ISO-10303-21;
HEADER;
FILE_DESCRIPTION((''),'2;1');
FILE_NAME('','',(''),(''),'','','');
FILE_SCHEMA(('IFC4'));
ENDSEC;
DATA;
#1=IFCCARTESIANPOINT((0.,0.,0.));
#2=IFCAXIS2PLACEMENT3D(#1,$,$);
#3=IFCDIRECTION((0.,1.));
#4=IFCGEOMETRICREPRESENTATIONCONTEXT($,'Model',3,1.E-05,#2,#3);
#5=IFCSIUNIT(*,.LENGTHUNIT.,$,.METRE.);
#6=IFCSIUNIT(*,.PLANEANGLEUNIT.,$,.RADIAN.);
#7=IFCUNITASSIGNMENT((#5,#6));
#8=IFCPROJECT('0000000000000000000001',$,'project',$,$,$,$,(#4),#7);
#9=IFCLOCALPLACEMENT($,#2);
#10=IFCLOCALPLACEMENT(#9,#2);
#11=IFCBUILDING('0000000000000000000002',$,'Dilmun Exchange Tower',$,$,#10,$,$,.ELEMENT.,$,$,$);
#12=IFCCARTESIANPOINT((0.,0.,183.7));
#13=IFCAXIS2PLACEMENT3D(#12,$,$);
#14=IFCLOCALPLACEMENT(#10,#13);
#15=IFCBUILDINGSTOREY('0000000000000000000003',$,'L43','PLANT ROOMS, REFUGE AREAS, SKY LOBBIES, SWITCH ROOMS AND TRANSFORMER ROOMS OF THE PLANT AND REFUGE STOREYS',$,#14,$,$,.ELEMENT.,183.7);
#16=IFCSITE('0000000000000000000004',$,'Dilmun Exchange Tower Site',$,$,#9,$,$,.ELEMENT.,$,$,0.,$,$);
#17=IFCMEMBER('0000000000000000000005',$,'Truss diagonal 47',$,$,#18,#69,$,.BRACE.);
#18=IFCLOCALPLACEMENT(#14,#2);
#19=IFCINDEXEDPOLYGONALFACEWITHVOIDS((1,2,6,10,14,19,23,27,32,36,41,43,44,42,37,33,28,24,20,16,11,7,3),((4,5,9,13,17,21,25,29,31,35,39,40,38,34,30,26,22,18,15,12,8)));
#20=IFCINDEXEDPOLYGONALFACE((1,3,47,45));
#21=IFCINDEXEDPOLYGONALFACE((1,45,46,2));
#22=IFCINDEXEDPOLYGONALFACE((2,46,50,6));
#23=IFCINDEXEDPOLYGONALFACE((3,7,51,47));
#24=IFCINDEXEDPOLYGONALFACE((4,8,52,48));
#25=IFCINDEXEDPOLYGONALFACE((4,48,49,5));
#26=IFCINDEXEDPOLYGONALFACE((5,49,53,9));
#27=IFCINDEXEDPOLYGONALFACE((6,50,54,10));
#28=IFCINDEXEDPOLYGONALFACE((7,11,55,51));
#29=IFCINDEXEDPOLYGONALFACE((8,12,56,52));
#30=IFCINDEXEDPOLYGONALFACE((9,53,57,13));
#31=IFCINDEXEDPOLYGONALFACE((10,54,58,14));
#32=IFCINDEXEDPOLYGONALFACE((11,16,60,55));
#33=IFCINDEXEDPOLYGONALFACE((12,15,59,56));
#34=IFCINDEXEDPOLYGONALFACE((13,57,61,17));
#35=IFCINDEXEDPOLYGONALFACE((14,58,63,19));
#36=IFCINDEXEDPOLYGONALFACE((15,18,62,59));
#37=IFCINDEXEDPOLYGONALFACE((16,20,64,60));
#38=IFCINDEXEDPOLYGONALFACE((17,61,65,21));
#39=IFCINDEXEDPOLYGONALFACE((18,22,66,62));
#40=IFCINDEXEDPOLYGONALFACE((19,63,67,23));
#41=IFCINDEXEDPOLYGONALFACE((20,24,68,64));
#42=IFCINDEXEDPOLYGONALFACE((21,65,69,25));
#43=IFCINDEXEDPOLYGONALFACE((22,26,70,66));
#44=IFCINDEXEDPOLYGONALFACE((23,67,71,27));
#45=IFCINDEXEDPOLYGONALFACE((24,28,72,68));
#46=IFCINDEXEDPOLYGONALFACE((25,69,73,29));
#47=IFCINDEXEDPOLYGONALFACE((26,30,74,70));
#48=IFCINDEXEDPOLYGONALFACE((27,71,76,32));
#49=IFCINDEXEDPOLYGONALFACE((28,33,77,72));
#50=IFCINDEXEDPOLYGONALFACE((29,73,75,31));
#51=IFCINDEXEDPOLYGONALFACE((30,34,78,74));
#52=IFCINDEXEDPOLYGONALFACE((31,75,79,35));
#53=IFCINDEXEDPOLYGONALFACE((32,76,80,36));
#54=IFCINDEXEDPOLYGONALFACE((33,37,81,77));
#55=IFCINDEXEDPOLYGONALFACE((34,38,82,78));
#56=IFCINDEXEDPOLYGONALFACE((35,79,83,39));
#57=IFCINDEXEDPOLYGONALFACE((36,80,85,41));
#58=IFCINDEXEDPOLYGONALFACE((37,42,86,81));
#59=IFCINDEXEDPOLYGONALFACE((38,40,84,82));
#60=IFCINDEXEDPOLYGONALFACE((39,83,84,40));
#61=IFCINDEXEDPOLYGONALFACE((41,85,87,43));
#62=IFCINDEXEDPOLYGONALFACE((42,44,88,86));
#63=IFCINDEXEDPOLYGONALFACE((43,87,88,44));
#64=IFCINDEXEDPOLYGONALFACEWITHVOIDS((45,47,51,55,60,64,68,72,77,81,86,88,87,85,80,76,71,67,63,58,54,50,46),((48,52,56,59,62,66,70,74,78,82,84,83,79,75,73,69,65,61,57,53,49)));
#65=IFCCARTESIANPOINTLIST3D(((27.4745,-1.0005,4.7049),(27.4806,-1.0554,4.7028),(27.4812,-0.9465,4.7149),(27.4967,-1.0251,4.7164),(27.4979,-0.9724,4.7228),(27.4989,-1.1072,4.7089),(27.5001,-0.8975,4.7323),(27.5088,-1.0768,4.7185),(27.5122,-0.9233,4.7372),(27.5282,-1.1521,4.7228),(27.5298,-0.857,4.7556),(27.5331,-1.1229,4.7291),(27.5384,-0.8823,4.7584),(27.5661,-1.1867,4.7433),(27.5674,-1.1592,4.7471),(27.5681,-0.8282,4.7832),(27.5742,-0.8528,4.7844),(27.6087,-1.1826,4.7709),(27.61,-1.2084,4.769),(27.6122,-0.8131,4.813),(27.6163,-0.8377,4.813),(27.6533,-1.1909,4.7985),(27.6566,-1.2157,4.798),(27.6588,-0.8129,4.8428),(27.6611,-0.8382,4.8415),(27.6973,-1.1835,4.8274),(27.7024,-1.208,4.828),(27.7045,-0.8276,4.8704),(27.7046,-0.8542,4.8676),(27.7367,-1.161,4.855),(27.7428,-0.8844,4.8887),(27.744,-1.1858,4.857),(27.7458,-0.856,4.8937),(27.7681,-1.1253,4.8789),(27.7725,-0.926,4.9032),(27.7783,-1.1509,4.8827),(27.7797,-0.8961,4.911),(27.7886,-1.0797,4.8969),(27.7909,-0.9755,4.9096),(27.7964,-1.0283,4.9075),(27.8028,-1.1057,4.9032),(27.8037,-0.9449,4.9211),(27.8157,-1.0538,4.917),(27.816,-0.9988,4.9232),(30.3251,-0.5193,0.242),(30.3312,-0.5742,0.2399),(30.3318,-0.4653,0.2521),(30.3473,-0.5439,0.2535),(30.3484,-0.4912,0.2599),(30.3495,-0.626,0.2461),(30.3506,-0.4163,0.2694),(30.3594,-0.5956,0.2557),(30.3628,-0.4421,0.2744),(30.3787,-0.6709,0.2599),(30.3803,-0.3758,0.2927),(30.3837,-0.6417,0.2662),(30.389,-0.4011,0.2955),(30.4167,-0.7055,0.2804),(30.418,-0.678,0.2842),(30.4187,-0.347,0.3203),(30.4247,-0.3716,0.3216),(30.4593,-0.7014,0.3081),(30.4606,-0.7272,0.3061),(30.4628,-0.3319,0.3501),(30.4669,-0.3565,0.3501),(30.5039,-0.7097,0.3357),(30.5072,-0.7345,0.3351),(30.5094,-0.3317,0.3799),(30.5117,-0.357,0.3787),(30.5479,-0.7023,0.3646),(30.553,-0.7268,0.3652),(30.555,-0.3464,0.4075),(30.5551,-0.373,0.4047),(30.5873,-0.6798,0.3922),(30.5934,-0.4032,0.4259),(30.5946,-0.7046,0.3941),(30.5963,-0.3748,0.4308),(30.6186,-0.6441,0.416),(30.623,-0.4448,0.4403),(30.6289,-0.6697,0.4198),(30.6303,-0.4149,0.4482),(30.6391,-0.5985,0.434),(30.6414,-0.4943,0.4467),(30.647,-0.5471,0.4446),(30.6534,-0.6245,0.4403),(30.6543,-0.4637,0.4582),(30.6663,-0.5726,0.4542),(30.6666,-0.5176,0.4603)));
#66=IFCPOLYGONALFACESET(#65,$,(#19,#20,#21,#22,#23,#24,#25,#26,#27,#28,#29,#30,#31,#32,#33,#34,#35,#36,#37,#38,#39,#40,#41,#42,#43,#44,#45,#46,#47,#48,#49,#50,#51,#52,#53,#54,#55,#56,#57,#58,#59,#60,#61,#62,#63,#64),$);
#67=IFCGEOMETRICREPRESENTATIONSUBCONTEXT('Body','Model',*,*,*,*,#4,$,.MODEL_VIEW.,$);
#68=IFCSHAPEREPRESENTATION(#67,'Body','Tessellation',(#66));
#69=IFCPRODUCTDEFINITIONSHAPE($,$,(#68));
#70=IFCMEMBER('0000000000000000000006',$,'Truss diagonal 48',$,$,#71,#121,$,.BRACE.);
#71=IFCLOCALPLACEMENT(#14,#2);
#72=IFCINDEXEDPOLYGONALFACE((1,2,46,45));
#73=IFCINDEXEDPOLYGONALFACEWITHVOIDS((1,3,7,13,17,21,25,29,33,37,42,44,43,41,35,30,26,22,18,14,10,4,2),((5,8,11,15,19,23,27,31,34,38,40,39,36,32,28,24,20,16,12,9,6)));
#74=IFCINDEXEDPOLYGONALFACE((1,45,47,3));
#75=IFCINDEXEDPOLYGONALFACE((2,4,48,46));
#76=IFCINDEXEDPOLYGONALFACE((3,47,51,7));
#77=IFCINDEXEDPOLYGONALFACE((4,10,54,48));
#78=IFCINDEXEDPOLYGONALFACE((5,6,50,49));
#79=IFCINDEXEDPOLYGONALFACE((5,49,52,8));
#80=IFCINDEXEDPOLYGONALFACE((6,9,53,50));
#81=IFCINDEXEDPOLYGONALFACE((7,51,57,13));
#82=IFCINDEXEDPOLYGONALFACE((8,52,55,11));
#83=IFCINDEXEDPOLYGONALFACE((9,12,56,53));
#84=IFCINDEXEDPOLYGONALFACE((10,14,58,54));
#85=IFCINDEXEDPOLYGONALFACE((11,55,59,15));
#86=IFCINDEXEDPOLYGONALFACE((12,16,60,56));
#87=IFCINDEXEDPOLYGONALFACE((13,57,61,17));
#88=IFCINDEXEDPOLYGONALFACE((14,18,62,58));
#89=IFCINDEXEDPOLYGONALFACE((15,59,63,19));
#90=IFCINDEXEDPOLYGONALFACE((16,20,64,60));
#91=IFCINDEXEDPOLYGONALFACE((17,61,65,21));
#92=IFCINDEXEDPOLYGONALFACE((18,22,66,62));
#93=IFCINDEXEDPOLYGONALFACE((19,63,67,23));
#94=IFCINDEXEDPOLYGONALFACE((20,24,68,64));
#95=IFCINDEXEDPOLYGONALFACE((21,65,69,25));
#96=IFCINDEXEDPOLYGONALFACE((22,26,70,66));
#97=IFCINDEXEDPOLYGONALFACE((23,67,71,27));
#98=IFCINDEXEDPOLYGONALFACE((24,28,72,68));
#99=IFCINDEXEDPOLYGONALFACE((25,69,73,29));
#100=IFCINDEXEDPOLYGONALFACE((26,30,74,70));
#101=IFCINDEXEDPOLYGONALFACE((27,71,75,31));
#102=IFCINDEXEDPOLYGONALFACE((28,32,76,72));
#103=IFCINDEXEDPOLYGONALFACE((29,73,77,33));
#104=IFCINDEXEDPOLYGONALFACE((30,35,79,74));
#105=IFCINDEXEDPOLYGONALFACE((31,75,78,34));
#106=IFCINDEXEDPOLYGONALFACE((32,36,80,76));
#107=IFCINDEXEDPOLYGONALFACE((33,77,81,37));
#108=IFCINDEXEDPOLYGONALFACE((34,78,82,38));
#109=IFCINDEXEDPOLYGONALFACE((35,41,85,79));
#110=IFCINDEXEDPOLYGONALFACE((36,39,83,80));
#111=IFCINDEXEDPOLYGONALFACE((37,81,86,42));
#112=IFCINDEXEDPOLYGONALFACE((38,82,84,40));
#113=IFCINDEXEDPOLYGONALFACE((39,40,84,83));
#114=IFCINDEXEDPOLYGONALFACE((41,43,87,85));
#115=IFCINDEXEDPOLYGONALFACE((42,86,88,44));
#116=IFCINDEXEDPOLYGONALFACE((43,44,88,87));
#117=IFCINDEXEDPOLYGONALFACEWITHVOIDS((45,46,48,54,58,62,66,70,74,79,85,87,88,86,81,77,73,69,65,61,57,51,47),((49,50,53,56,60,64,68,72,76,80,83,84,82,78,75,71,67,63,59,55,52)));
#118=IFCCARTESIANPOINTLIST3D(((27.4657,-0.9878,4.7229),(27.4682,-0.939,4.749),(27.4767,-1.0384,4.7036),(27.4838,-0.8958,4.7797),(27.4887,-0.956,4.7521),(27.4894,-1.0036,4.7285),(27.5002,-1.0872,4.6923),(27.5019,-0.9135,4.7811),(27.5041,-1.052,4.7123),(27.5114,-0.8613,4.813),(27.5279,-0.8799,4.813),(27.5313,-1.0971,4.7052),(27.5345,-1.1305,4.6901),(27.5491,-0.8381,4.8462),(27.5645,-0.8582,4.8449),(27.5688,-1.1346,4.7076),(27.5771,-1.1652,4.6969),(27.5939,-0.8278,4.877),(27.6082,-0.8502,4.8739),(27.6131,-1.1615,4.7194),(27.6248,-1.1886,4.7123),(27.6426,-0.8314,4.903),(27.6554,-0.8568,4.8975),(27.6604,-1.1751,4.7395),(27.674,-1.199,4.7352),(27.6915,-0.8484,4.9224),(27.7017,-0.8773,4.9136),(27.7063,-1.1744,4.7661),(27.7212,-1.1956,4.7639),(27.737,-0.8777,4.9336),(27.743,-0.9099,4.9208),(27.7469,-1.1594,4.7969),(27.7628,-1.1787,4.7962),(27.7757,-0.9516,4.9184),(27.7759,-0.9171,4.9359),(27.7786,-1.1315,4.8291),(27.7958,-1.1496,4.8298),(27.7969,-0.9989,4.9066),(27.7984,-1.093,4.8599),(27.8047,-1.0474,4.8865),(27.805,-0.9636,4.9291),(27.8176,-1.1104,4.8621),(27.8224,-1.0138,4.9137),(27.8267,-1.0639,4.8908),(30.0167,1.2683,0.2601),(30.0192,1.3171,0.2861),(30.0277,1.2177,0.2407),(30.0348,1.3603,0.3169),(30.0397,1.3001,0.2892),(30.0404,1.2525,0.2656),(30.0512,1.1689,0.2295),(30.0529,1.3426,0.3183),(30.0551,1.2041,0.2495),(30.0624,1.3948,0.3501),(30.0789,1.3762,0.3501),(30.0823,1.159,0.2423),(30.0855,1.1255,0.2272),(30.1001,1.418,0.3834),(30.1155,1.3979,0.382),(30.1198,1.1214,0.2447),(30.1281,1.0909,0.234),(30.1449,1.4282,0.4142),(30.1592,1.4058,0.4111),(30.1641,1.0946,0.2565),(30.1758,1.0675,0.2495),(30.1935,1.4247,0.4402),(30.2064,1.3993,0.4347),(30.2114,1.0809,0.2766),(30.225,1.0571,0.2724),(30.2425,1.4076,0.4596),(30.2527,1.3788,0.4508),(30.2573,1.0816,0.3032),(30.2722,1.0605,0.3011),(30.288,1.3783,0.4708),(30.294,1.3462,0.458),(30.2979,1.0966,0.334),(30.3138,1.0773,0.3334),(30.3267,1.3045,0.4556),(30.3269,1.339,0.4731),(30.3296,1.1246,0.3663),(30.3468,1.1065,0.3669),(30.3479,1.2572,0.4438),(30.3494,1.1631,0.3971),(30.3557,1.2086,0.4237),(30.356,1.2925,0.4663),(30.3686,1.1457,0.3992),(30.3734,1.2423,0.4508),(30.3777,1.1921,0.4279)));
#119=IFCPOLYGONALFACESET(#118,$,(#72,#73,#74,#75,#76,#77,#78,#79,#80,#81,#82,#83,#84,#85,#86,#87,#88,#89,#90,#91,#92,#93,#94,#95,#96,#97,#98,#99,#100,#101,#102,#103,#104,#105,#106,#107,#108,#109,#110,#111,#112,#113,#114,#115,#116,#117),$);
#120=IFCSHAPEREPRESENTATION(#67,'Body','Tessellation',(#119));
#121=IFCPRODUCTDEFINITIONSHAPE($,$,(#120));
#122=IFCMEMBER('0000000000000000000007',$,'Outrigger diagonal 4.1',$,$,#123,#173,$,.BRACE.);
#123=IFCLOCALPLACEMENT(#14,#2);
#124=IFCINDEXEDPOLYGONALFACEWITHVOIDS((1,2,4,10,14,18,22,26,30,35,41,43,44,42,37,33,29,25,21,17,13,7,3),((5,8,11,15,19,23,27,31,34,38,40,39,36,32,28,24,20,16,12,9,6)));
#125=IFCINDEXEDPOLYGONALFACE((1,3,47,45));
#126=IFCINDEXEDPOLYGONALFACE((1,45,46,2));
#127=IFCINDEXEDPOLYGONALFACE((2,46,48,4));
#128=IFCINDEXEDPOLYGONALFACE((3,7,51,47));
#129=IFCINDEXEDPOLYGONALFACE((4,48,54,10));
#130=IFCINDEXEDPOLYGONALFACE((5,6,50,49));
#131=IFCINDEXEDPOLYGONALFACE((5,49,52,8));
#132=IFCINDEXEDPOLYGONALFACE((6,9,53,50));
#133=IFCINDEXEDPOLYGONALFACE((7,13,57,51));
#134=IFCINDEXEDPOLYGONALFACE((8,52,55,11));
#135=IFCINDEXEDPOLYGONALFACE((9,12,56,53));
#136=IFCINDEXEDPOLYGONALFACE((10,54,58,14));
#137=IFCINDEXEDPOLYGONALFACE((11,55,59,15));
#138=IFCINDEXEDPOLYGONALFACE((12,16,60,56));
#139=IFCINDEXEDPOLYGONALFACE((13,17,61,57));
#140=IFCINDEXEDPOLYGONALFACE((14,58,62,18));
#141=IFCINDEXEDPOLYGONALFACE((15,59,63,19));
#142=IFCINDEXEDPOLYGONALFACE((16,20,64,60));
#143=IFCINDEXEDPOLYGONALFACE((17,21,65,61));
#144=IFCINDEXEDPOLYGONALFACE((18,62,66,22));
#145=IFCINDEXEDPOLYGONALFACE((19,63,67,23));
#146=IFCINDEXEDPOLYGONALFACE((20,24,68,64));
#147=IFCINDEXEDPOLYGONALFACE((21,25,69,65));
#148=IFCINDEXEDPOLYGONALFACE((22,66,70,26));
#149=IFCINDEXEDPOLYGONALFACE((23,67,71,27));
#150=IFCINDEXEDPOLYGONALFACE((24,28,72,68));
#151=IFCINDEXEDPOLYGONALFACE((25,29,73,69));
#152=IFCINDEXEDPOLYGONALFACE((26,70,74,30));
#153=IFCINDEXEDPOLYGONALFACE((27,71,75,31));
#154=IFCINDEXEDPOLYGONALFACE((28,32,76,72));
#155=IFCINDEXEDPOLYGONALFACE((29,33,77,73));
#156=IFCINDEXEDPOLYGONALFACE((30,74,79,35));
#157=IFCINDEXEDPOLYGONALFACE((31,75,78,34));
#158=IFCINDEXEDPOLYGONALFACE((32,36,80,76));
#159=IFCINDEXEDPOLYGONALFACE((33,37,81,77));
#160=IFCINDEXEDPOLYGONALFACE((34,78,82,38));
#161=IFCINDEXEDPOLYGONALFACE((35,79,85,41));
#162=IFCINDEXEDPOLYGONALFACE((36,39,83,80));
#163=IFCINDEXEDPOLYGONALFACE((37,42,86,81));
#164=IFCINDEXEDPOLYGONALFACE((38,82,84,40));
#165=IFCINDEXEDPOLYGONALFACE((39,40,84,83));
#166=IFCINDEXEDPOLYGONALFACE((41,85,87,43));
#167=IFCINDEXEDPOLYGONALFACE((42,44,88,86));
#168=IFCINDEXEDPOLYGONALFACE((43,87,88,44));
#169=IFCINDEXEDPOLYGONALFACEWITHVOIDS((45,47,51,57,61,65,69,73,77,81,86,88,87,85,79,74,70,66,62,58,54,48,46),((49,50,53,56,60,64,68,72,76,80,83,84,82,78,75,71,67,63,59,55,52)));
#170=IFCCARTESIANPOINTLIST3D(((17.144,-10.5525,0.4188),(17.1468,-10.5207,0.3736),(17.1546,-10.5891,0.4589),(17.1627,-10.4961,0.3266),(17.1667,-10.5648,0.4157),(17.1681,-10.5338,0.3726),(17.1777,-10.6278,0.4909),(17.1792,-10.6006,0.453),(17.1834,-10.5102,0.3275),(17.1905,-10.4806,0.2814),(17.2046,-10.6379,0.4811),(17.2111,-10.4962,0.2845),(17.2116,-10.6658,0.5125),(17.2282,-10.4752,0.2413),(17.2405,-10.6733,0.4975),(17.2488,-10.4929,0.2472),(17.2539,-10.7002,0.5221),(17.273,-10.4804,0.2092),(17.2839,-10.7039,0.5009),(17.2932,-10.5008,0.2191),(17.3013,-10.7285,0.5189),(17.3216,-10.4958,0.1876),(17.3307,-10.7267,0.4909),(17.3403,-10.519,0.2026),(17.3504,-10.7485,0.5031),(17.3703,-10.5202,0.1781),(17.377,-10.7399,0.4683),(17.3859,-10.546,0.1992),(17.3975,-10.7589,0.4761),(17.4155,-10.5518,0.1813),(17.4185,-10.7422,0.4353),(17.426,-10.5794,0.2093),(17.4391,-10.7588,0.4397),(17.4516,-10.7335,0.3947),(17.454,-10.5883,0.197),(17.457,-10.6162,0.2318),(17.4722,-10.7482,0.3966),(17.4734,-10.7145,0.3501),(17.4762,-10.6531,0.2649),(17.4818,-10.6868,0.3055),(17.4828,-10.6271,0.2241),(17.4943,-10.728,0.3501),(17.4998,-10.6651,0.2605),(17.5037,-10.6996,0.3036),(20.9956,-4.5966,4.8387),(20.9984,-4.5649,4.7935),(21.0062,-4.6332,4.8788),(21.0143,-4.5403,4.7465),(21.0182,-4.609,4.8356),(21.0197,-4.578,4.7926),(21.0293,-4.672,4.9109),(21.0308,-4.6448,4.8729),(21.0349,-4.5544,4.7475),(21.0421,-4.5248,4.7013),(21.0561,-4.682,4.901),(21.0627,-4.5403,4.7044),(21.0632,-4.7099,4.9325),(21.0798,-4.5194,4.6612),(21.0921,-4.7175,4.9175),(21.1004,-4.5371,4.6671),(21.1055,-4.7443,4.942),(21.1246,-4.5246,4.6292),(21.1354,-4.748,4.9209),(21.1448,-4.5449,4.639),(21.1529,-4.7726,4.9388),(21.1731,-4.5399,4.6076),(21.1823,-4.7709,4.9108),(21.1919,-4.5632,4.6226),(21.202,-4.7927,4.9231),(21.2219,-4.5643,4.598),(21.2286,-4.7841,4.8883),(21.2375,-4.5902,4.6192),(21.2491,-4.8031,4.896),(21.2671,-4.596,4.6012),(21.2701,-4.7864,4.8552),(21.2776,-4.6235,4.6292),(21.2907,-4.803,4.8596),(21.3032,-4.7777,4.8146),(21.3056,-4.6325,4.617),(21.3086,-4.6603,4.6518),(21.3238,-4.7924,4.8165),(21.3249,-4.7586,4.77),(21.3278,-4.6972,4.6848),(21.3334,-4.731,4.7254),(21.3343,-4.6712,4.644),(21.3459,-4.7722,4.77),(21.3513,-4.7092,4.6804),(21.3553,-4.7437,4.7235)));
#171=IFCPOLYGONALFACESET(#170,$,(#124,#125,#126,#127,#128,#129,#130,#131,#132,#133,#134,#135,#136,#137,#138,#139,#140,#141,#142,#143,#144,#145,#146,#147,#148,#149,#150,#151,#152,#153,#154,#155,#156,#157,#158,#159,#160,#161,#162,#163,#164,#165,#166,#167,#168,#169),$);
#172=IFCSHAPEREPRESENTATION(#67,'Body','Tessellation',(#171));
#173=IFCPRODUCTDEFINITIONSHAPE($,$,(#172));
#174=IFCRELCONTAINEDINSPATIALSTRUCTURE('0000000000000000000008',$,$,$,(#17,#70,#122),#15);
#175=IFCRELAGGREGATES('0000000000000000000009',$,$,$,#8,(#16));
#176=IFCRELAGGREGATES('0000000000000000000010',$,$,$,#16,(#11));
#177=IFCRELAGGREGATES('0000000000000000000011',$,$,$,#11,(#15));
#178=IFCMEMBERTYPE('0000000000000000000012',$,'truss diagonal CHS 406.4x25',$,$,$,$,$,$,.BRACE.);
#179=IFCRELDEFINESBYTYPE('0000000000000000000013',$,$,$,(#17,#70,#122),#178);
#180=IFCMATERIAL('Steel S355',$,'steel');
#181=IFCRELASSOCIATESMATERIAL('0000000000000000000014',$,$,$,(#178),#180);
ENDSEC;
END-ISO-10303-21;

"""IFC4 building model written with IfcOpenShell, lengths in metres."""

from ifc_helpers import new_model, si_unit, direction, frame, origin, origin_2d, place, context, subcontext, project, spatial, hollow_circle, extrude, material, material_profile, profile_set, type_object, element, save


model = new_model("IFC4")

# Units and contexts
model_context = context("Model", 3, precision=1e-05, world=origin(), true_north=direction((0.0, 1.0)))
body_context = subcontext(model_context, "Body", "Model", "MODEL_VIEW")
ifc_project = project(units=[si_unit("LENGTHUNIT", "METRE"), si_unit("PLANEANGLEUNIT", "RADIAN")], contexts=[model_context])

# Site, building, storey
site_placement = place(None, origin())
site = spatial("IfcSite", under=ifc_project, at=site_placement, Name="Dilmun Exchange Tower Site", CompositionType="ELEMENT", RefElevation=0.0)
building_placement = place(site_placement, origin())
building = spatial("IfcBuilding", under=site, at=building_placement, Name="Dilmun Exchange Tower", CompositionType="ELEMENT")
storey_placement = place(building_placement, frame((0.0, 0.0, 183.7)))
storey = spatial("IfcBuildingStorey", under=building, at=storey_placement, Name="L43", Description="PLANT ROOMS, REFUGE AREAS, SKY LOBBIES, SWITCH ROOMS AND TRANSFORMER ROOMS OF THE PLANT AND REFUGE STOREYS", CompositionType="ELEMENT", Elevation=183.7)

# Shared definitions
ifc_material_1 = material(Name="Steel S355", Category="steel")

# Members
ifc_material_profile_1 = material_profile(ifc_material_1, hollow_circle(Radius=0.2031, WallThickness=0.0249, at=origin_2d()), Name="CHS 406.4x25")
ifc_profile_set_1 = profile_set([ifc_material_profile_1], Name="Steel S355")
member_type_1 = type_object("IfcMemberType", Name="truss diagonal CHS 406.4x25", PredefinedType="BRACE", material=ifc_profile_set_1)
member_1_placement = place(storey_placement, frame((27.646, -1.0134, 4.813), z_axis=(0.536086, 0.090496, -0.839299), x_axis=(-0.166453, 0.986049, 0.0)))
element("IfcMember", 1, at=member_1_placement, inside=storey, type_object=member_type_1, Name="Truss diagonal 47", PredefinedType="BRACE", context=body_context, shape_type="SweptSolid", body=[
    extrude(hollow_circle(Radius=0.2031, WallThickness=0.0249, at=origin_2d()), origin(), (0.0, 0.0, 1.0), 5.3174),
])
member_2_placement = place(storey_placement, frame((27.646, -1.0134, 4.813), z_axis=(0.454418, 0.401883, -0.794981), x_axis=(-0.66248, 0.74908, 0.0)))
element("IfcMember", 2, at=member_2_placement, inside=storey, type_object=member_type_1, Name="Truss diagonal 48", PredefinedType="BRACE", context=body_context, shape_type="SweptSolid", body=[
    extrude(hollow_circle(Radius=0.2031, WallThickness=0.0249, at=origin_2d()), origin(), (0.0, 0.0, 1.0), 5.6138),
])
member_3_placement = place(storey_placement, frame((21.1753, -4.6619, 4.77), z_axis=(-0.46087, -0.712661, -0.528879), x_axis=(0.839711, -0.543033, 0.0)))
element("IfcMember", 3, at=member_3_placement, inside=storey, type_object=member_type_1, Name="Outrigger diagonal 4.1", PredefinedType="BRACE", context=body_context, shape_type="SweptSolid", body=[
    extrude(hollow_circle(Radius=0.2031, WallThickness=0.0249, at=origin_2d()), origin(), (0.0, 0.0, 1.0), 8.3572),
])

save(model, "model.ifc")
